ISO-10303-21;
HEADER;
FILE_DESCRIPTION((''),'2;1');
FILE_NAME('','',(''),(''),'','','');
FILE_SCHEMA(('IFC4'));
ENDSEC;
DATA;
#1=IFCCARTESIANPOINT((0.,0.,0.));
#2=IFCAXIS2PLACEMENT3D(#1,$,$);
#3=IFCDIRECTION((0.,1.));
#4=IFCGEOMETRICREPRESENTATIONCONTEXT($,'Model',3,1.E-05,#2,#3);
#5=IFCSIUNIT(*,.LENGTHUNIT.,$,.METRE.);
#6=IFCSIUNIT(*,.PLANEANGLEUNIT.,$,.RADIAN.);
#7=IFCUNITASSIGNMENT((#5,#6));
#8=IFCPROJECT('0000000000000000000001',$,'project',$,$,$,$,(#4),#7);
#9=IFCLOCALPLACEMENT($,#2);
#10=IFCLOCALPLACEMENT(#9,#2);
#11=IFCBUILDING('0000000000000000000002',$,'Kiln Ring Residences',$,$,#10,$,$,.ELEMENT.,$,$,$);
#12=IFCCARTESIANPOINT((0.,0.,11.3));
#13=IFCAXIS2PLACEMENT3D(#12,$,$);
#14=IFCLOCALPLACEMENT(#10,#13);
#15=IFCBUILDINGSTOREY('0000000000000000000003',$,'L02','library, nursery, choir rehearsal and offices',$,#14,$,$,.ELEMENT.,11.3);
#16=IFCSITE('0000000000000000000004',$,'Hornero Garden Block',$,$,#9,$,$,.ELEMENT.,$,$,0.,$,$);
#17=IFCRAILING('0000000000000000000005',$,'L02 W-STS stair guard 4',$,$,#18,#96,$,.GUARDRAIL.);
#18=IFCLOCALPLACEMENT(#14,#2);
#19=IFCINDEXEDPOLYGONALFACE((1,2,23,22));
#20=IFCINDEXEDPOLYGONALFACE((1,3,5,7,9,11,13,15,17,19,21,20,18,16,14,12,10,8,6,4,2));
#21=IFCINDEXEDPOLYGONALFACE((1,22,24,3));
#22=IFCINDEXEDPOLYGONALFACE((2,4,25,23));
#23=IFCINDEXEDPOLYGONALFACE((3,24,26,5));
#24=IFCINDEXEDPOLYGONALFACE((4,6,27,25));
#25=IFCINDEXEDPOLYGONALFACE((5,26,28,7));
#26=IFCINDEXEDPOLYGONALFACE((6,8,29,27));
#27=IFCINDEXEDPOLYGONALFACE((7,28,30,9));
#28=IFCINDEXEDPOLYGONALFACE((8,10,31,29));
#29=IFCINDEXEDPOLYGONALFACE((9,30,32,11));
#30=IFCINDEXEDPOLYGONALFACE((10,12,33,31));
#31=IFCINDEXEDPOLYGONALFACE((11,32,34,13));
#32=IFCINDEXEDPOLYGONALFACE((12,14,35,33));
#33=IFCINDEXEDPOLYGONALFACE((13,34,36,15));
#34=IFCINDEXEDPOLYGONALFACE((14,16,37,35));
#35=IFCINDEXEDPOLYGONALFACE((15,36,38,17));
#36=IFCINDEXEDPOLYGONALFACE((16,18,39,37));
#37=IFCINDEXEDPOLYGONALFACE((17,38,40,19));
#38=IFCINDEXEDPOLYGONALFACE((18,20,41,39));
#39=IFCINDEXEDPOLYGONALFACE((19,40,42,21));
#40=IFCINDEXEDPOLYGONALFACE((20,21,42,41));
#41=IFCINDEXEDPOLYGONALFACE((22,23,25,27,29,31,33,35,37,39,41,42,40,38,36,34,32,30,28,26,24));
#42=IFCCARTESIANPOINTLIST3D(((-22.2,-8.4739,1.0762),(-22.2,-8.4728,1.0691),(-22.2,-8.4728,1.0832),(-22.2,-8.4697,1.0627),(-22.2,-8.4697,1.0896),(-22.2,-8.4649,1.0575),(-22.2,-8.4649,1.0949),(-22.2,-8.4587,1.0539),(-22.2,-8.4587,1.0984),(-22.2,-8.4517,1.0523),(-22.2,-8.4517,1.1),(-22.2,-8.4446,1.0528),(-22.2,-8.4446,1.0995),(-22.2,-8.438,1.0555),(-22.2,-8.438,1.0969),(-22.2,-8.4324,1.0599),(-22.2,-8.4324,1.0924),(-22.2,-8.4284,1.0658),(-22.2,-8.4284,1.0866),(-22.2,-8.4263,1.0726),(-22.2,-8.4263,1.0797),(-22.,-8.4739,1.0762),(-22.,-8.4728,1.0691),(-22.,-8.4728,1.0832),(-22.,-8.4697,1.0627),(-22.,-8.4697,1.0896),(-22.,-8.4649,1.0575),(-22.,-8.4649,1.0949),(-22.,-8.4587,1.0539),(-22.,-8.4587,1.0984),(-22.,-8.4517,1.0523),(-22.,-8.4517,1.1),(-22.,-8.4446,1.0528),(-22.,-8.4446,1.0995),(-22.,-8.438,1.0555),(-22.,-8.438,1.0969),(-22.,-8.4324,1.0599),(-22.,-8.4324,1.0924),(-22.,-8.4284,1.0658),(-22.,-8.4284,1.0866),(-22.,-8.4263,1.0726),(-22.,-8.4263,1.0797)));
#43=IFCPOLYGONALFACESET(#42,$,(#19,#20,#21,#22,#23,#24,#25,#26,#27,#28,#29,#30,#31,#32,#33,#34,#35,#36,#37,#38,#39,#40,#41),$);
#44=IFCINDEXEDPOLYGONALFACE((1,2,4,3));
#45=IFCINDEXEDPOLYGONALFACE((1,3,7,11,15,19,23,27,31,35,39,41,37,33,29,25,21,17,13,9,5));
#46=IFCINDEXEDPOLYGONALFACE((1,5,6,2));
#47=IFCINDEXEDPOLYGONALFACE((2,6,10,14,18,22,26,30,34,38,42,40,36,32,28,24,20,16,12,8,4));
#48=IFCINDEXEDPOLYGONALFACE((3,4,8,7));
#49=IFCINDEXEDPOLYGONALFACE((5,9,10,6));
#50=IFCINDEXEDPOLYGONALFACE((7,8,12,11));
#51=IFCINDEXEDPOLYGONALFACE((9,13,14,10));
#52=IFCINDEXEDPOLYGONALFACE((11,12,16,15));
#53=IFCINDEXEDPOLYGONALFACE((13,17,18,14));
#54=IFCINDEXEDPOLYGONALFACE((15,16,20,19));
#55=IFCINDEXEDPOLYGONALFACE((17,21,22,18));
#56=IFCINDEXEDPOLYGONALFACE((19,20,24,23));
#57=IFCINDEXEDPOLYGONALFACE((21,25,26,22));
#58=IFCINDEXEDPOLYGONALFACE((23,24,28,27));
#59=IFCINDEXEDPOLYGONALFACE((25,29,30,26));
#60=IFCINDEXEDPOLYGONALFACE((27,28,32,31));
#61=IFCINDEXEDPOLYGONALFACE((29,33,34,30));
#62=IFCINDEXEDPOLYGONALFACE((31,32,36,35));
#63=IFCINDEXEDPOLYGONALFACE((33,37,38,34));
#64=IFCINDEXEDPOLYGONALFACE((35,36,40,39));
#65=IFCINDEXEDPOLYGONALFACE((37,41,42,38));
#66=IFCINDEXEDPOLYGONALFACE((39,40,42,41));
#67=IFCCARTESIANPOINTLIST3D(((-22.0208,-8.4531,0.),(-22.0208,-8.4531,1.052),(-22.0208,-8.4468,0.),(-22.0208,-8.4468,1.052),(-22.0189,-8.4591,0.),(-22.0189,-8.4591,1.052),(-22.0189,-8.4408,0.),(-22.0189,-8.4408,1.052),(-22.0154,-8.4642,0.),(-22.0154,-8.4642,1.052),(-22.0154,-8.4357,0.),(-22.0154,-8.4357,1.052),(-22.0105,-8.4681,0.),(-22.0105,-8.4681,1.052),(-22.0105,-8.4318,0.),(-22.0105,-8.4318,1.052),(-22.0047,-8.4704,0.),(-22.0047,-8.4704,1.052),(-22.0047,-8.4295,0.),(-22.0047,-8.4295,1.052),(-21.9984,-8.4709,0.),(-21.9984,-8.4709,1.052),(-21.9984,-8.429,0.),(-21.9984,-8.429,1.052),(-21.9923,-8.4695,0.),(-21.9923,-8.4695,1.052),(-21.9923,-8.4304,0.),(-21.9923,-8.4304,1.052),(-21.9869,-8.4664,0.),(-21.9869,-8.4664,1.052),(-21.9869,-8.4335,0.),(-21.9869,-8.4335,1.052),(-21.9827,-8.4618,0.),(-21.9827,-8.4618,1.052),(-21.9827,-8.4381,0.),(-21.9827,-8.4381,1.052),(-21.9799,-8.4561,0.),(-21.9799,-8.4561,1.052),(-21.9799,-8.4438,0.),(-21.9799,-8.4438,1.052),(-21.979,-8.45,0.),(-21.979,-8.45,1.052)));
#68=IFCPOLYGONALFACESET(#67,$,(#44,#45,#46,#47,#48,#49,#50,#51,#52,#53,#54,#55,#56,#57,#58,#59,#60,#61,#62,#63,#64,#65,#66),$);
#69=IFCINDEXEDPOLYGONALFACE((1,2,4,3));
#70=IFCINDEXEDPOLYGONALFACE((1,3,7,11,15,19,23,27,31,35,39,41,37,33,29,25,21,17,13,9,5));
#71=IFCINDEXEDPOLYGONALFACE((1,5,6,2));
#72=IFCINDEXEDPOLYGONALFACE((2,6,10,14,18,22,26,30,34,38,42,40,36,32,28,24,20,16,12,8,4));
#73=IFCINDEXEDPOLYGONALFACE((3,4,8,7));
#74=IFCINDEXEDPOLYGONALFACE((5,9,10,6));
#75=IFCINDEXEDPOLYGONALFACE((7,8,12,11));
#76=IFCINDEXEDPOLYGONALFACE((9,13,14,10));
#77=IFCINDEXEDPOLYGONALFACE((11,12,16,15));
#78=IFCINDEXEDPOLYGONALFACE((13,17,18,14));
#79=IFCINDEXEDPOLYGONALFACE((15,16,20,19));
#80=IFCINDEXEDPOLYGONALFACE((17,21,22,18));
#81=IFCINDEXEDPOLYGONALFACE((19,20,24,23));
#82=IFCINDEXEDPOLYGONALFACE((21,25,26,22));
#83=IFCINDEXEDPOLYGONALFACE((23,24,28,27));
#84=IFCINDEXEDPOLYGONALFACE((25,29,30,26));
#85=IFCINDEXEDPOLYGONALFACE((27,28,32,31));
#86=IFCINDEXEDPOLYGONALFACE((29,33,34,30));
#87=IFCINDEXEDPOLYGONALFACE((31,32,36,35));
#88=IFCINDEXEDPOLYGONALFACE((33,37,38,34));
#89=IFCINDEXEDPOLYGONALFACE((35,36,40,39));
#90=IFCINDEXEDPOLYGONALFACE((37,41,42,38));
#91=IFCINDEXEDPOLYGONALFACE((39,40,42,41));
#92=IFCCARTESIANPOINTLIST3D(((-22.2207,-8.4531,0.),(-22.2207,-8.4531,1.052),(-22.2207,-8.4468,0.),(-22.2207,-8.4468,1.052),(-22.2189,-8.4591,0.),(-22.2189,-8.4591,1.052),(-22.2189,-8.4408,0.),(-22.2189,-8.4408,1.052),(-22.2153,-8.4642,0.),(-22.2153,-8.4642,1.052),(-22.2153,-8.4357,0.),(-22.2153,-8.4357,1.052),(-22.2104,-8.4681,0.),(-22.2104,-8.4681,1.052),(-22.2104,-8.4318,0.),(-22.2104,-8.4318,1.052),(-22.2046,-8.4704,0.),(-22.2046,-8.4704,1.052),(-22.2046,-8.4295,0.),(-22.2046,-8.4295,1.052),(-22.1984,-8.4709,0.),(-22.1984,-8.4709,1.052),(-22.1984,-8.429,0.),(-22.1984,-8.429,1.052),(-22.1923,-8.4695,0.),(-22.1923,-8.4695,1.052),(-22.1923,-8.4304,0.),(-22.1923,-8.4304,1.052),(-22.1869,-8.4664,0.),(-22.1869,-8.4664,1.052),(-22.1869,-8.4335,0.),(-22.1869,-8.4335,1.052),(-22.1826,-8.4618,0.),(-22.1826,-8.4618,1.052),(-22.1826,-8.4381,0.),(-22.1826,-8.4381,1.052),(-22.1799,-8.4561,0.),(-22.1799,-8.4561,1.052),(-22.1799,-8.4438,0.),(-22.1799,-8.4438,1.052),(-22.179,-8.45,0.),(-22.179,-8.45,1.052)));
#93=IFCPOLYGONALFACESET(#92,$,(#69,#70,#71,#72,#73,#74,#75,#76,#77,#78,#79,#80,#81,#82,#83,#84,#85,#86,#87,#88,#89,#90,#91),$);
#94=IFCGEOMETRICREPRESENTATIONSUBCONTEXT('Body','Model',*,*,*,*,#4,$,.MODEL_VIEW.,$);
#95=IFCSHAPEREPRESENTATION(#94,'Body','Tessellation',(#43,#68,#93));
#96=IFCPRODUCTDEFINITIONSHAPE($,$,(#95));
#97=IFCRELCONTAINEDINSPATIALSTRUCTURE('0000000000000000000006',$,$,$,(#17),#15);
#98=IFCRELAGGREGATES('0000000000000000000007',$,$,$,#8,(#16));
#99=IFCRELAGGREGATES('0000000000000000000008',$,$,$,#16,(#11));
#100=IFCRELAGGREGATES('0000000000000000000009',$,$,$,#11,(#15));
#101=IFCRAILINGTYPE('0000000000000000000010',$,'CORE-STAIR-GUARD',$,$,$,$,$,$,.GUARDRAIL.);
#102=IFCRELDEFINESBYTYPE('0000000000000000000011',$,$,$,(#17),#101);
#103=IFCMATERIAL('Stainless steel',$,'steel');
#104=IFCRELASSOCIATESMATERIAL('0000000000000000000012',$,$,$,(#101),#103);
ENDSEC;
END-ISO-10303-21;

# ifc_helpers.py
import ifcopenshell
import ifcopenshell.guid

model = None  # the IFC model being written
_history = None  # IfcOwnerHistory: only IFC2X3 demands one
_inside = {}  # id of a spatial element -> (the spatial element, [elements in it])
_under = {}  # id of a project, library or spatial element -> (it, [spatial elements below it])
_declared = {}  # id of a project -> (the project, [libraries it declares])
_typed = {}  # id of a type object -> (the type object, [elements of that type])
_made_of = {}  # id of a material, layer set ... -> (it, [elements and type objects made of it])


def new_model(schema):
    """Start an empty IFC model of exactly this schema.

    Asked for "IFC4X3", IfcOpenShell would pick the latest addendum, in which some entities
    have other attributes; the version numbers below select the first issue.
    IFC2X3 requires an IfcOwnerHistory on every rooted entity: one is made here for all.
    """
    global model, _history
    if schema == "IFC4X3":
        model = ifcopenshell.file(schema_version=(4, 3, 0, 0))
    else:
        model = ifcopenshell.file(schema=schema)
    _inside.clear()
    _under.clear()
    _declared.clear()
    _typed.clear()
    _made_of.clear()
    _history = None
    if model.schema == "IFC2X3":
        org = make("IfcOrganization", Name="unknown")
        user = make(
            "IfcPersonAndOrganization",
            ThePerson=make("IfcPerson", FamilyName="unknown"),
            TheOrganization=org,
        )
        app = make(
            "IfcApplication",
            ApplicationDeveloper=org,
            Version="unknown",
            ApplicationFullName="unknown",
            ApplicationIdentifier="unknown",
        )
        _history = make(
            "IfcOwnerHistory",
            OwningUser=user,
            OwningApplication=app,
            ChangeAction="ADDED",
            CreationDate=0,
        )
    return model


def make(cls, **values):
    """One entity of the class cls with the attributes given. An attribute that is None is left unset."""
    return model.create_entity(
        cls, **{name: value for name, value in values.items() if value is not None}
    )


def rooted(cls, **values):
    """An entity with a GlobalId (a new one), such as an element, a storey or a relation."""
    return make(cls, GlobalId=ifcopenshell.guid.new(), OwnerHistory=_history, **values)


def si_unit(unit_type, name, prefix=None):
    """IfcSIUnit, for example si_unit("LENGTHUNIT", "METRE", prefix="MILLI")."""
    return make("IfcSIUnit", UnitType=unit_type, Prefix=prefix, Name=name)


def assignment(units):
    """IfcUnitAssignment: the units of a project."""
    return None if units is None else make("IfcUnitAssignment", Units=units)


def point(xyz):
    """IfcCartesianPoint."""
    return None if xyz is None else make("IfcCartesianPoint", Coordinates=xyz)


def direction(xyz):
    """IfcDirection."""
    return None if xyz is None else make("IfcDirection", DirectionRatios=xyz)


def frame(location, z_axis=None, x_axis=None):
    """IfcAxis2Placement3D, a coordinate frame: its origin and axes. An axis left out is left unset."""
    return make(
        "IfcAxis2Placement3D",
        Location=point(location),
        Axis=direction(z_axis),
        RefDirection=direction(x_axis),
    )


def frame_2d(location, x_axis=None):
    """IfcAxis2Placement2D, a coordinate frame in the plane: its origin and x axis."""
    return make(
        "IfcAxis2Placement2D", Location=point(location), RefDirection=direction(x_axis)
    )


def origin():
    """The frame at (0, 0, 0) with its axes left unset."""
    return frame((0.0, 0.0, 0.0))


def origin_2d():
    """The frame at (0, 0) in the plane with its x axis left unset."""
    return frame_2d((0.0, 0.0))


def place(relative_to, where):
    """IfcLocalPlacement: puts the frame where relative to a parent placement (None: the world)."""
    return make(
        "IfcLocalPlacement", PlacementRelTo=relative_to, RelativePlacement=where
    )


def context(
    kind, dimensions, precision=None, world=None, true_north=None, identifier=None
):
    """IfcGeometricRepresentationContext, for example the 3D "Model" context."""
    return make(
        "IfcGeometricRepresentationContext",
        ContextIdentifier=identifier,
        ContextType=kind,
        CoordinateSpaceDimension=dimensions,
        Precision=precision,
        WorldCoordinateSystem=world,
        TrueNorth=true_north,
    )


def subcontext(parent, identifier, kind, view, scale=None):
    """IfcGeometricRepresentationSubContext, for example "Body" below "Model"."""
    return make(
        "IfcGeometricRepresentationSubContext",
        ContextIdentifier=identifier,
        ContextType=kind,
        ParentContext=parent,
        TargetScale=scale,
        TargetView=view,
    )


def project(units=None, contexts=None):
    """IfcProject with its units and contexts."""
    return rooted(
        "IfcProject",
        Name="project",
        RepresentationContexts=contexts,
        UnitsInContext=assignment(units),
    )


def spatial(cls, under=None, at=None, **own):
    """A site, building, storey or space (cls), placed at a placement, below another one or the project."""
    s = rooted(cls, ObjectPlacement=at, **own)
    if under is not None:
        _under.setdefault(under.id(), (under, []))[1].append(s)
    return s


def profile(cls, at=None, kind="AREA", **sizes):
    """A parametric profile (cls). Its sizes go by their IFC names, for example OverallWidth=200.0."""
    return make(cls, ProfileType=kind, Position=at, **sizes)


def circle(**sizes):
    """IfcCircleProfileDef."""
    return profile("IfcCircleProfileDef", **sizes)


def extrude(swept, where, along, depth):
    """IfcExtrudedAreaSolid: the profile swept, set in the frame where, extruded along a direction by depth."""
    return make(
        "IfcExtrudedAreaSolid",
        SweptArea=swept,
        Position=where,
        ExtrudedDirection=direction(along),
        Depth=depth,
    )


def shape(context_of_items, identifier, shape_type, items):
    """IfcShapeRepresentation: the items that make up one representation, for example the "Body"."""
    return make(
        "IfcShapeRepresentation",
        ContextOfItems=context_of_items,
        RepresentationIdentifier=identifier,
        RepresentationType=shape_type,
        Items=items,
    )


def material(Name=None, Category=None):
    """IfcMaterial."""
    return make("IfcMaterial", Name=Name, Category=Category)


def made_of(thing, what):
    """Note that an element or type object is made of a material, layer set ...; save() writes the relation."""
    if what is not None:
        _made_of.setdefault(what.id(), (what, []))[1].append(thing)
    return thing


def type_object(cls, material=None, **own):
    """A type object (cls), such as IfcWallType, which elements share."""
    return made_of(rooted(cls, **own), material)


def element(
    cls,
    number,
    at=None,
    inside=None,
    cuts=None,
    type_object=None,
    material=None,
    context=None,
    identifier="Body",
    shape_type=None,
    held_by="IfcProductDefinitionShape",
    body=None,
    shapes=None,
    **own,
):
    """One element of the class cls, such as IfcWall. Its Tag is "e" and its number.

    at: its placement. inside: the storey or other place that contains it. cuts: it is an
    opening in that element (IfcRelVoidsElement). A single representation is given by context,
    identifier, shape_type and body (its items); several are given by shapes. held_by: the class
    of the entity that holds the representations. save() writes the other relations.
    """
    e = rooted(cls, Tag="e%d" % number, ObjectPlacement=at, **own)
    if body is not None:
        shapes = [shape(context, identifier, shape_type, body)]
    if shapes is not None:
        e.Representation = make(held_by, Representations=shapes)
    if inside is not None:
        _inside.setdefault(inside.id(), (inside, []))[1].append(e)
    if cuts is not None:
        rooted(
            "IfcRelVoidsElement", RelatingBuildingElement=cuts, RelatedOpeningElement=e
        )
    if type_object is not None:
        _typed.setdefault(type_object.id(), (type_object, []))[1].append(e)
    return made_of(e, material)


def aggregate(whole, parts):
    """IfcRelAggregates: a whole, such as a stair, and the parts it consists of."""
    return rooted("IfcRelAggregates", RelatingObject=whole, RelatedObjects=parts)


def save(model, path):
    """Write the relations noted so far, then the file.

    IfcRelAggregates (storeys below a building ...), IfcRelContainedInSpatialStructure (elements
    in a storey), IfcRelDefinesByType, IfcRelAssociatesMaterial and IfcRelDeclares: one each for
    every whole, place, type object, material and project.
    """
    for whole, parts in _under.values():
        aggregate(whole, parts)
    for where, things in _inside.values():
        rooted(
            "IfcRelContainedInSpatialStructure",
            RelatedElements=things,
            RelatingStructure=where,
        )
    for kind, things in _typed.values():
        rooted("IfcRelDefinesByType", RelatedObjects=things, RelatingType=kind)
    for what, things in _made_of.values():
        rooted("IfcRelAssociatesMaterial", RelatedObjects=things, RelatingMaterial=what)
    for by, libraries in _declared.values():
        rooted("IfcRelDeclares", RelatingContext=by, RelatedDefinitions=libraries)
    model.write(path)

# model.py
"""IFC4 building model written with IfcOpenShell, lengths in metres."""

from ifc_helpers import new_model, si_unit, direction, frame, origin, origin_2d, place, context, subcontext, project, spatial, circle, extrude, material, type_object, element, save


model = new_model("IFC4")

# Units and contexts
model_context = context("Model", 3, precision=1e-05, world=origin(), true_north=direction((0.0, 1.0)))
body_context = subcontext(model_context, "Body", "Model", "MODEL_VIEW")
ifc_project = project(units=[si_unit("LENGTHUNIT", "METRE"), si_unit("PLANEANGLEUNIT", "RADIAN")], contexts=[model_context])

# Site, building, storey
site_placement = place(None, origin())
site = spatial("IfcSite", under=ifc_project, at=site_placement, Name="Hornero Garden Block", CompositionType="ELEMENT", RefElevation=0.0)
building_placement = place(site_placement, origin())
building = spatial("IfcBuilding", under=site, at=building_placement, Name="Kiln Ring Residences", CompositionType="ELEMENT")
storey_placement = place(building_placement, frame((0.0, 0.0, 11.3)))
storey = spatial("IfcBuildingStorey", under=building, at=storey_placement, Name="L02", Description="library, nursery, choir rehearsal and offices", CompositionType="ELEMENT", Elevation=11.3)

# Railing
ifc_material_1 = material(Name="Stainless steel", Category="steel")
railing_type_1 = type_object("IfcRailingType", Name="CORE-STAIR-GUARD", PredefinedType="GUARDRAIL", material=ifc_material_1)
railing_1_placement = place(storey_placement, frame((-22.0, -8.45, 0.0)))
element("IfcRailing", 1, at=railing_1_placement, inside=storey, type_object=railing_type_1, Name="L02 W-STS stair guard 4", PredefinedType="GUARDRAIL", context=body_context, shape_type="SweptSolid", body=[
    extrude(circle(Radius=0.0239, at=origin_2d()), frame((0.0, 0.0, 1.0762), z_axis=(-1.0, 0.0, 0.0), x_axis=(0.0, -1.0, 0.0)), (0.0, 0.0, 1.0), 0.2),
    extrude(circle(Radius=0.021, at=origin_2d()), origin(), (0.0, 0.0, 1.0), 1.052),
    extrude(circle(Radius=0.021, at=origin_2d()), frame((-0.2, 0.0, 0.0)), (0.0, 0.0, 1.0), 1.052),
])

save(model, "model.ifc")
